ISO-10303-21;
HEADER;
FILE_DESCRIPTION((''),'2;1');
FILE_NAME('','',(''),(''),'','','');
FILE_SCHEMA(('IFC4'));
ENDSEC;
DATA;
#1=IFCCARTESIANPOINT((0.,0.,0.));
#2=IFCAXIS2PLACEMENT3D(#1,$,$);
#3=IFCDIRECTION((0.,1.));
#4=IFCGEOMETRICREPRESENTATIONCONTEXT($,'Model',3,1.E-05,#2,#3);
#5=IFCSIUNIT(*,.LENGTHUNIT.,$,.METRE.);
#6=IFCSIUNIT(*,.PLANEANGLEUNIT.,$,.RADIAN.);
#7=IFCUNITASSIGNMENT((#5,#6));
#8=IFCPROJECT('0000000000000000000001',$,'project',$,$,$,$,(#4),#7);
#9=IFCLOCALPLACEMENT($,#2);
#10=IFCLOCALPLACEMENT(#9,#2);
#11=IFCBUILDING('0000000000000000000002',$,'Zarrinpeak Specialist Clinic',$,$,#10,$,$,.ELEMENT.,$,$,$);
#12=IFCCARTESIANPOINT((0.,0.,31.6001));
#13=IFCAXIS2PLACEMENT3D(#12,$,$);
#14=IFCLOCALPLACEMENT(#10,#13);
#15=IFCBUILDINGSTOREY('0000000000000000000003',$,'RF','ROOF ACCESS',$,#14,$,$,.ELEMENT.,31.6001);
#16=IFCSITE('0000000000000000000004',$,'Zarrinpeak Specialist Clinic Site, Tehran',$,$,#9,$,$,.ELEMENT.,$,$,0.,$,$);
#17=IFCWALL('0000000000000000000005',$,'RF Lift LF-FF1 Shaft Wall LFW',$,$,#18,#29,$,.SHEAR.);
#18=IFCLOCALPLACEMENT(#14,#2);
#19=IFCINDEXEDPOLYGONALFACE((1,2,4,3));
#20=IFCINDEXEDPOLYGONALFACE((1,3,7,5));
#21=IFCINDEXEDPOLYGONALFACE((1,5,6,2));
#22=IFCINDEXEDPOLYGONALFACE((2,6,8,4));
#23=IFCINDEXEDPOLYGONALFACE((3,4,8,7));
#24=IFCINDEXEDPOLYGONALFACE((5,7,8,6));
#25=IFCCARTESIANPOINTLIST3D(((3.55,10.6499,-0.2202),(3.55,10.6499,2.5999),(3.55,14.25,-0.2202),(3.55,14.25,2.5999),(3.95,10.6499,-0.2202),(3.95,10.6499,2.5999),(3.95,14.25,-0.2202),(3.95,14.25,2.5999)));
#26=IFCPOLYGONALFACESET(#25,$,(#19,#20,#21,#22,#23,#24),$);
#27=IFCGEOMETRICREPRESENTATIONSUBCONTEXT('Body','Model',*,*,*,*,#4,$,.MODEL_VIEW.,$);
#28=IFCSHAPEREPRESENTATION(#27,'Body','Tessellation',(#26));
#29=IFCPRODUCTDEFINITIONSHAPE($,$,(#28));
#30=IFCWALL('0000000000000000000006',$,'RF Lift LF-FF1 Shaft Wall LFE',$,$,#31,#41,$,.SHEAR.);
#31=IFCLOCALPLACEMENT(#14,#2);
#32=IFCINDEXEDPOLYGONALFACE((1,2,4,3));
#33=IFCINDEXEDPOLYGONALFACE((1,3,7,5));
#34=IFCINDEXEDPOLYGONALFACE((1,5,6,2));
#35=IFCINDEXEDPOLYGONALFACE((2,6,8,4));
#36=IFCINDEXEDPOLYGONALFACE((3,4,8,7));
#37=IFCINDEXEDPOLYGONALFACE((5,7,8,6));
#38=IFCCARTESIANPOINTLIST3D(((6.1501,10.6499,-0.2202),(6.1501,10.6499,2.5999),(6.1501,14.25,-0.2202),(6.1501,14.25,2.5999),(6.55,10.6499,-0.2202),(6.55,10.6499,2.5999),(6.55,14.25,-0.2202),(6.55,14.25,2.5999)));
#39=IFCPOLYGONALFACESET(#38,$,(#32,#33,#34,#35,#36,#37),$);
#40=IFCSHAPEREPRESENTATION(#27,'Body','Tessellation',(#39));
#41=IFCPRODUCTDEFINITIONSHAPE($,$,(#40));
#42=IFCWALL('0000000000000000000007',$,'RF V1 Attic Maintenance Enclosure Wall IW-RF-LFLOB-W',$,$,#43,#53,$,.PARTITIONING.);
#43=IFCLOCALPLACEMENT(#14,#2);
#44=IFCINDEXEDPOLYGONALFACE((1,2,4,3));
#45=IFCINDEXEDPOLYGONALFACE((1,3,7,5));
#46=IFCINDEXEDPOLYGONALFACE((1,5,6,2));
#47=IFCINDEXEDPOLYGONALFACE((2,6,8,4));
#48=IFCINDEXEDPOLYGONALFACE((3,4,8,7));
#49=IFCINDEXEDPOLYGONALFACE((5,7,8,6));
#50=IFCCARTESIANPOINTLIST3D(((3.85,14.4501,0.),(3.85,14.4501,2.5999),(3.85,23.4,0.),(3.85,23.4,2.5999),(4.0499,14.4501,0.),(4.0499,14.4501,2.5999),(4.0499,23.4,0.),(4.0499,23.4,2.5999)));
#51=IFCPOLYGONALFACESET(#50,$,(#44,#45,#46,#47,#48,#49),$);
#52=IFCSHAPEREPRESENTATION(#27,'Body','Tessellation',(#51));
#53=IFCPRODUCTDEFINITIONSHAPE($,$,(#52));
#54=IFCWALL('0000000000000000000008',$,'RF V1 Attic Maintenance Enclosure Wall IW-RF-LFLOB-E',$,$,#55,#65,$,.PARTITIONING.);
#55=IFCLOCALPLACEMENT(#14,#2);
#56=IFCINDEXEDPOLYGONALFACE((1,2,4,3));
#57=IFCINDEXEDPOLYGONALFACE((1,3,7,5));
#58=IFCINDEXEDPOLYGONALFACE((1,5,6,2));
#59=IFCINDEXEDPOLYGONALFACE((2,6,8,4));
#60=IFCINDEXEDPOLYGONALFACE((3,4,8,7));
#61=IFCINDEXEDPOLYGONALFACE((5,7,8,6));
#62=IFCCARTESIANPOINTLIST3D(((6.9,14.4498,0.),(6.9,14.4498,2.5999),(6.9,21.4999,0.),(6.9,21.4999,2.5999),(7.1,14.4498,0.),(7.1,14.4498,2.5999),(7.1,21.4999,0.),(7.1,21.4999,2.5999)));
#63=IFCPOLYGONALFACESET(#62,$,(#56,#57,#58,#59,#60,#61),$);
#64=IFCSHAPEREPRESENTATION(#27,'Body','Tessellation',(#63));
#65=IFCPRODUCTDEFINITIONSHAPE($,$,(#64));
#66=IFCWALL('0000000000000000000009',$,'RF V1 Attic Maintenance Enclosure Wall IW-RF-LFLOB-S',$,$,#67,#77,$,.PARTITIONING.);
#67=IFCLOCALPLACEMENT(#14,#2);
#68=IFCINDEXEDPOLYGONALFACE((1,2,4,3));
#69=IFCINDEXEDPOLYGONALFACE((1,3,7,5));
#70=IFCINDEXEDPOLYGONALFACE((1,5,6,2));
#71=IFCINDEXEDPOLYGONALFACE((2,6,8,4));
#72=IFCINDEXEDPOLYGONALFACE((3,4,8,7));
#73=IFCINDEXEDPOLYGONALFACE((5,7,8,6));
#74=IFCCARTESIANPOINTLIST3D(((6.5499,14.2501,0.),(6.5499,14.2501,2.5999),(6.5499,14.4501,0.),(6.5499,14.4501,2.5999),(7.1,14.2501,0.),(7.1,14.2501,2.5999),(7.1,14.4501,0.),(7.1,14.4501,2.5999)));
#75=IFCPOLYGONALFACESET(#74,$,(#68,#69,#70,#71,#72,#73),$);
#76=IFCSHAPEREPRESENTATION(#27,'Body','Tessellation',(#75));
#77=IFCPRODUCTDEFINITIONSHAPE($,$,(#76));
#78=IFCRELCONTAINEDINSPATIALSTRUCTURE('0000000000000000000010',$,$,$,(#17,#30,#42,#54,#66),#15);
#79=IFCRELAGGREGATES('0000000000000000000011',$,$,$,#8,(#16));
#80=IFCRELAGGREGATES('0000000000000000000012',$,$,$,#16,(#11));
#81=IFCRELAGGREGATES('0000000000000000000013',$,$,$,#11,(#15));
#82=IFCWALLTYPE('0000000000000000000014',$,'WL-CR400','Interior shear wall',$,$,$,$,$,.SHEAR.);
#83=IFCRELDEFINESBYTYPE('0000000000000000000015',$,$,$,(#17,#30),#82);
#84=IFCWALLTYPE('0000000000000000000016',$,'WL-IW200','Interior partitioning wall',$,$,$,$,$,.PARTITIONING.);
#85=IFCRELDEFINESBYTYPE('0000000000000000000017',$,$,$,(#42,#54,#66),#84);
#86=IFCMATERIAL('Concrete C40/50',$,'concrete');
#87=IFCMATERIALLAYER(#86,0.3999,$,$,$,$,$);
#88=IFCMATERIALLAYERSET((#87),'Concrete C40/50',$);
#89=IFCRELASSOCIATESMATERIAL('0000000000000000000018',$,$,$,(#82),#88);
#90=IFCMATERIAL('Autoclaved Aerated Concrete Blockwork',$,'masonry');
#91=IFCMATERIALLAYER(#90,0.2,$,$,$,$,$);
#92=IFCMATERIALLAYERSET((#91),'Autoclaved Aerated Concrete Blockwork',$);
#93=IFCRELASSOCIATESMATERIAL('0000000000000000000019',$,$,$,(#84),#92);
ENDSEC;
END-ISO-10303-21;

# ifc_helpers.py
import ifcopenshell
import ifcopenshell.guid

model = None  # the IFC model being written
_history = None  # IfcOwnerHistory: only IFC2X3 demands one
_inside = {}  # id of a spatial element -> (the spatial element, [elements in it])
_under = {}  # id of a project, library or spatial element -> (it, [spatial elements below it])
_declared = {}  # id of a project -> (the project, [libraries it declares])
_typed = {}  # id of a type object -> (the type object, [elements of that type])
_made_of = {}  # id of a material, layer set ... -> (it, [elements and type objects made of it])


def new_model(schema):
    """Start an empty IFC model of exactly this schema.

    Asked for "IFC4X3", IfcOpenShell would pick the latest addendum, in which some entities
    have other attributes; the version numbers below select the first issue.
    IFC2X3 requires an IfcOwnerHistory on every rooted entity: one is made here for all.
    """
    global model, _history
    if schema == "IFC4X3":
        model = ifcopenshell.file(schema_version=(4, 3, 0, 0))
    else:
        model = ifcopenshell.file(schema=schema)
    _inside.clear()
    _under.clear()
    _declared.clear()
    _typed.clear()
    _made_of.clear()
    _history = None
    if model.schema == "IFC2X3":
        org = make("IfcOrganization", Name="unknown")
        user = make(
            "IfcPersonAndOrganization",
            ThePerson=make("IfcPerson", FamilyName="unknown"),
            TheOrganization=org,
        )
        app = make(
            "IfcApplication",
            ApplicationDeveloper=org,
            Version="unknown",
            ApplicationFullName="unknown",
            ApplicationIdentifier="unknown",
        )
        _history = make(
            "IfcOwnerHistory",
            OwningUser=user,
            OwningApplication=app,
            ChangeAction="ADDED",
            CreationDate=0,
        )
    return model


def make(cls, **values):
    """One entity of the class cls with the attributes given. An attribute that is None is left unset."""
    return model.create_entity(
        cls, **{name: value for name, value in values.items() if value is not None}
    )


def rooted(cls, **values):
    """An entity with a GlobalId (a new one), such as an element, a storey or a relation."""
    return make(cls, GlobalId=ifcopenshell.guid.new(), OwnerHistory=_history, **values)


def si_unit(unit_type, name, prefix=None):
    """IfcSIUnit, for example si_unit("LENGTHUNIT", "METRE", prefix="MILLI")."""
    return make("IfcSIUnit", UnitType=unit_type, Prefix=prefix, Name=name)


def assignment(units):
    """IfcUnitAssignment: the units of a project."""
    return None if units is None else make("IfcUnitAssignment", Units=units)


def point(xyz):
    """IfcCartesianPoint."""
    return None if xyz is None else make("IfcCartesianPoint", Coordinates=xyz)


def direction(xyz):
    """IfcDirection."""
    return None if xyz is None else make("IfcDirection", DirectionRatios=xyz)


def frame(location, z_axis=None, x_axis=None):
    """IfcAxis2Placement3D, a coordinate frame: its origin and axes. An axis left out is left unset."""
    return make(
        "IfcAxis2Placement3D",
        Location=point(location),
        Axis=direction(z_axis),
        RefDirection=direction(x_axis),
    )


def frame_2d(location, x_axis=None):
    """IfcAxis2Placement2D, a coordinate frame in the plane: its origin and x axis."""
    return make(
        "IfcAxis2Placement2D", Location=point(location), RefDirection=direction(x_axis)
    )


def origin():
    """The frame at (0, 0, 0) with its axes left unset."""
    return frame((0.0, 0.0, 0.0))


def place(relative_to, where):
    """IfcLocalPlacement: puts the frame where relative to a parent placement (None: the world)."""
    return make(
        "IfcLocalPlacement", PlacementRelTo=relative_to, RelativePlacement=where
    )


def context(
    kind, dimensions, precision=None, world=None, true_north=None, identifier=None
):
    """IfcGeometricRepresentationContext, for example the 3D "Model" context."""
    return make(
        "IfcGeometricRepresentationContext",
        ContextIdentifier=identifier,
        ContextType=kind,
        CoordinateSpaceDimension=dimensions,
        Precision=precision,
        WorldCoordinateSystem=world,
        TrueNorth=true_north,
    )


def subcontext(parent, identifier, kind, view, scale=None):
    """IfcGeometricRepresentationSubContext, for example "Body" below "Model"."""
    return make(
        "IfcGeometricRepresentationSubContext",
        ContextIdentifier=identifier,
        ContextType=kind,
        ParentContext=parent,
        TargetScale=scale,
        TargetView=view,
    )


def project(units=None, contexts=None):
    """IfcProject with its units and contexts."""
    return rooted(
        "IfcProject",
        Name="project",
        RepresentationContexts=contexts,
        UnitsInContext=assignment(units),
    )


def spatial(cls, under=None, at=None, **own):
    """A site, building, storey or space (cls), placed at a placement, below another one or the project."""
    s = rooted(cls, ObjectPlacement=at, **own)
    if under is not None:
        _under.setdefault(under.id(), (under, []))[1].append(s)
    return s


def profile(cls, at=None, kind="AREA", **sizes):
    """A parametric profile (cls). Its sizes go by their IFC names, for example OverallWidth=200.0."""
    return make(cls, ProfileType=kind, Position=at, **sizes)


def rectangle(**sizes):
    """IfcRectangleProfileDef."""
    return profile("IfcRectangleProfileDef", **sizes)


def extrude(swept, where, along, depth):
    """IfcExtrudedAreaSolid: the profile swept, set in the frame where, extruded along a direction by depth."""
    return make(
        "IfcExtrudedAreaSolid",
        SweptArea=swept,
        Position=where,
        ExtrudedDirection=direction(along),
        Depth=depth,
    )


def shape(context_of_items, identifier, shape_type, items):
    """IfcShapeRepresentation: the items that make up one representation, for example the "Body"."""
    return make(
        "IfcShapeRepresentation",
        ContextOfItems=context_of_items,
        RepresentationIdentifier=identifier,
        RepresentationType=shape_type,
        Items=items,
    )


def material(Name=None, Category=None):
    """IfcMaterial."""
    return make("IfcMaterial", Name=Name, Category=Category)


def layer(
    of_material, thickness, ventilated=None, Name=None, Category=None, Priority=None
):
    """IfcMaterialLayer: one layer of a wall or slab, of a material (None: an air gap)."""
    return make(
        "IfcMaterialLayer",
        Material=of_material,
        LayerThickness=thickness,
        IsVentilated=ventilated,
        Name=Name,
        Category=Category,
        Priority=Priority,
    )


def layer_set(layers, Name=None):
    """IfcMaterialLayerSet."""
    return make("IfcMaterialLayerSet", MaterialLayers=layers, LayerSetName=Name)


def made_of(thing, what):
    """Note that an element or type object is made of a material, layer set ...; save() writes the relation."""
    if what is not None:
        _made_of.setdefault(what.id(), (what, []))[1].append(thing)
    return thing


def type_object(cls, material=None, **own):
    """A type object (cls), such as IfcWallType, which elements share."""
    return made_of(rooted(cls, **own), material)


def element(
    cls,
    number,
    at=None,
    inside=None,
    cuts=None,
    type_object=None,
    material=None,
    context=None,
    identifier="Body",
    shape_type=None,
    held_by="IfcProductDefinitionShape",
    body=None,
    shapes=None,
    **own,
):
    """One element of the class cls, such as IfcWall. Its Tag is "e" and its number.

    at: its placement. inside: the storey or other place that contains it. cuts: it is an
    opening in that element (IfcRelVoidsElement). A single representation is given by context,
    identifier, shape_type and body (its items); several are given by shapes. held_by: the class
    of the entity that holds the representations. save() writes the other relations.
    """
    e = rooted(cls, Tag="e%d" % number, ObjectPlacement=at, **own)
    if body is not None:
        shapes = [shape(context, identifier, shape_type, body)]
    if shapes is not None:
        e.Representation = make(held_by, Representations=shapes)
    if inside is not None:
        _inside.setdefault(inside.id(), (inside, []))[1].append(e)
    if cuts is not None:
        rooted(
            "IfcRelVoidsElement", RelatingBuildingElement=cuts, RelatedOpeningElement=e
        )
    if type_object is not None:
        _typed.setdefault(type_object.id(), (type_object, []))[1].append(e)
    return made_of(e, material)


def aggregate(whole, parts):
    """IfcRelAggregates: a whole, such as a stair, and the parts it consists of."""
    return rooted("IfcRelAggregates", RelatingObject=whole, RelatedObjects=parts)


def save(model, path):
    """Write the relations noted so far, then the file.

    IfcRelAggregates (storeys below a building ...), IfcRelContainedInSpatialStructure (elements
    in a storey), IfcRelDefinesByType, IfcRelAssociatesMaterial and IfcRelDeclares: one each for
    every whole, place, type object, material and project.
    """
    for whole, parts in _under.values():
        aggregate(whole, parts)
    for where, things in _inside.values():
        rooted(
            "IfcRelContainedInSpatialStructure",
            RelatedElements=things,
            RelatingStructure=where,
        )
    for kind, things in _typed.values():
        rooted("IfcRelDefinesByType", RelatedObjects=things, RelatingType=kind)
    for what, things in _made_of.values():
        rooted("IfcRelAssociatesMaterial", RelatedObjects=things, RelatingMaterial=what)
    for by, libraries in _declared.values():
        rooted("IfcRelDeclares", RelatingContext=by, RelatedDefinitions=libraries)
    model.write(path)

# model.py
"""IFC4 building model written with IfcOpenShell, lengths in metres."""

from ifc_helpers import new_model, si_unit, direction, frame, frame_2d, origin, place, context, subcontext, project, spatial, rectangle, extrude, material, layer, layer_set, type_object, element, save


model = new_model("IFC4")

# Units and contexts
model_context = context("Model", 3, precision=1e-05, world=origin(), true_north=direction((0.0, 1.0)))
body_context = subcontext(model_context, "Body", "Model", "MODEL_VIEW")
ifc_project = project(units=[si_unit("LENGTHUNIT", "METRE"), si_unit("PLANEANGLEUNIT", "RADIAN")], contexts=[model_context])

# Site, building, storey
site_placement = place(None, origin())
site = spatial("IfcSite", under=ifc_project, at=site_placement, Name="Zarrinpeak Specialist Clinic Site, Tehran", CompositionType="ELEMENT", RefElevation=0.0)
building_placement = place(site_placement, origin())
building = spatial("IfcBuilding", under=site, at=building_placement, Name="Zarrinpeak Specialist Clinic", CompositionType="ELEMENT")
storey_placement = place(building_placement, frame((0.0, 0.0, 31.6001)))
storey = spatial("IfcBuildingStorey", under=building, at=storey_placement, Name="RF", Description="ROOF ACCESS", CompositionType="ELEMENT", Elevation=31.6001)

# Shared definitions
ifc_material_1 = material(Name="Concrete C40/50", Category="concrete")
ifc_layer_1 = layer(ifc_material_1, 0.3999)
ifc_layer_set_1 = layer_set([ifc_layer_1], Name="Concrete C40/50")
wall_type_1 = type_object("IfcWallType", Name="WL-CR400", Description="Interior shear wall", PredefinedType="SHEAR", material=ifc_layer_set_1)

# Walls
for number, where, z_axis, x_axis, name in (
    (1, (3.75, 10.6499, -0.2202), (0.0, 0.0, 1.0), (0.0, 1.0, 0.0), "RF Lift LF-FF1 Shaft Wall LFW"),
    (2, (6.3501, 10.6499, -0.2202), (0.0, 0.0, 1.0), (0.0, 1.0, 0.0), "RF Lift LF-FF1 Shaft Wall LFE"),
):
    element("IfcWall", number, at=place(storey_placement, frame(where, z_axis=z_axis, x_axis=x_axis)), inside=storey, type_object=wall_type_1, Name=name, PredefinedType="SHEAR", context=body_context, shape_type="SweptSolid", body=[
        extrude(rectangle(XDim=3.6001, YDim=0.3999, at=frame_2d((1.8, 0.0))), origin(), (0.0, 0.0, 1.0), 2.8201),
    ])
ifc_material_2 = material(Name="Autoclaved Aerated Concrete Blockwork", Category="masonry")
ifc_layer_2 = layer(ifc_material_2, 0.2)
ifc_layer_set_2 = layer_set([ifc_layer_2], Name="Autoclaved Aerated Concrete Blockwork")
wall_type_2 = type_object("IfcWallType", Name="WL-IW200", Description="Interior partitioning wall", PredefinedType="PARTITIONING", material=ifc_layer_set_2)
wall_1_placement = place(storey_placement, frame((3.95, 14.45, 0.0), z_axis=(0.0, 0.0, 1.0), x_axis=(0.0, 1.0, 0.0)))
element("IfcWall", 3, at=wall_1_placement, inside=storey, type_object=wall_type_2, Name="RF V1 Attic Maintenance Enclosure Wall IW-RF-LFLOB-W", PredefinedType="PARTITIONING", context=body_context, shape_type="SweptSolid", body=[
    extrude(rectangle(XDim=8.95, YDim=0.2, at=frame_2d((4.4751, 0.0))), origin(), (0.0, 0.0, 1.0), 2.5999),
])
wall_2_placement = place(storey_placement, frame((7.0, 14.45, 0.0), z_axis=(0.0, 0.0, 1.0), x_axis=(0.0, 1.0, 0.0)))
element("IfcWall", 4, at=wall_2_placement, inside=storey, type_object=wall_type_2, Name="RF V1 Attic Maintenance Enclosure Wall IW-RF-LFLOB-E", PredefinedType="PARTITIONING", context=body_context, shape_type="SweptSolid", body=[
    extrude(rectangle(XDim=7.05, YDim=0.2, at=frame_2d((3.5249, 0.0))), origin(), (0.0, 0.0, 1.0), 2.5999),
])
wall_3_placement = place(storey_placement, frame((6.55, 14.3501, 0.0), z_axis=(0.0, 0.0, 1.0), x_axis=(1.0, 0.0, 0.0)))
element("IfcWall", 5, at=wall_3_placement, inside=storey, type_object=wall_type_2, Name="RF V1 Attic Maintenance Enclosure Wall IW-RF-LFLOB-S", PredefinedType="PARTITIONING", context=body_context, shape_type="SweptSolid", body=[
    extrude(rectangle(XDim=0.55, YDim=0.2, at=frame_2d((0.2749, 0.0))), origin(), (0.0, 0.0, 1.0), 2.5999),
])

save(model, "model.ifc")
